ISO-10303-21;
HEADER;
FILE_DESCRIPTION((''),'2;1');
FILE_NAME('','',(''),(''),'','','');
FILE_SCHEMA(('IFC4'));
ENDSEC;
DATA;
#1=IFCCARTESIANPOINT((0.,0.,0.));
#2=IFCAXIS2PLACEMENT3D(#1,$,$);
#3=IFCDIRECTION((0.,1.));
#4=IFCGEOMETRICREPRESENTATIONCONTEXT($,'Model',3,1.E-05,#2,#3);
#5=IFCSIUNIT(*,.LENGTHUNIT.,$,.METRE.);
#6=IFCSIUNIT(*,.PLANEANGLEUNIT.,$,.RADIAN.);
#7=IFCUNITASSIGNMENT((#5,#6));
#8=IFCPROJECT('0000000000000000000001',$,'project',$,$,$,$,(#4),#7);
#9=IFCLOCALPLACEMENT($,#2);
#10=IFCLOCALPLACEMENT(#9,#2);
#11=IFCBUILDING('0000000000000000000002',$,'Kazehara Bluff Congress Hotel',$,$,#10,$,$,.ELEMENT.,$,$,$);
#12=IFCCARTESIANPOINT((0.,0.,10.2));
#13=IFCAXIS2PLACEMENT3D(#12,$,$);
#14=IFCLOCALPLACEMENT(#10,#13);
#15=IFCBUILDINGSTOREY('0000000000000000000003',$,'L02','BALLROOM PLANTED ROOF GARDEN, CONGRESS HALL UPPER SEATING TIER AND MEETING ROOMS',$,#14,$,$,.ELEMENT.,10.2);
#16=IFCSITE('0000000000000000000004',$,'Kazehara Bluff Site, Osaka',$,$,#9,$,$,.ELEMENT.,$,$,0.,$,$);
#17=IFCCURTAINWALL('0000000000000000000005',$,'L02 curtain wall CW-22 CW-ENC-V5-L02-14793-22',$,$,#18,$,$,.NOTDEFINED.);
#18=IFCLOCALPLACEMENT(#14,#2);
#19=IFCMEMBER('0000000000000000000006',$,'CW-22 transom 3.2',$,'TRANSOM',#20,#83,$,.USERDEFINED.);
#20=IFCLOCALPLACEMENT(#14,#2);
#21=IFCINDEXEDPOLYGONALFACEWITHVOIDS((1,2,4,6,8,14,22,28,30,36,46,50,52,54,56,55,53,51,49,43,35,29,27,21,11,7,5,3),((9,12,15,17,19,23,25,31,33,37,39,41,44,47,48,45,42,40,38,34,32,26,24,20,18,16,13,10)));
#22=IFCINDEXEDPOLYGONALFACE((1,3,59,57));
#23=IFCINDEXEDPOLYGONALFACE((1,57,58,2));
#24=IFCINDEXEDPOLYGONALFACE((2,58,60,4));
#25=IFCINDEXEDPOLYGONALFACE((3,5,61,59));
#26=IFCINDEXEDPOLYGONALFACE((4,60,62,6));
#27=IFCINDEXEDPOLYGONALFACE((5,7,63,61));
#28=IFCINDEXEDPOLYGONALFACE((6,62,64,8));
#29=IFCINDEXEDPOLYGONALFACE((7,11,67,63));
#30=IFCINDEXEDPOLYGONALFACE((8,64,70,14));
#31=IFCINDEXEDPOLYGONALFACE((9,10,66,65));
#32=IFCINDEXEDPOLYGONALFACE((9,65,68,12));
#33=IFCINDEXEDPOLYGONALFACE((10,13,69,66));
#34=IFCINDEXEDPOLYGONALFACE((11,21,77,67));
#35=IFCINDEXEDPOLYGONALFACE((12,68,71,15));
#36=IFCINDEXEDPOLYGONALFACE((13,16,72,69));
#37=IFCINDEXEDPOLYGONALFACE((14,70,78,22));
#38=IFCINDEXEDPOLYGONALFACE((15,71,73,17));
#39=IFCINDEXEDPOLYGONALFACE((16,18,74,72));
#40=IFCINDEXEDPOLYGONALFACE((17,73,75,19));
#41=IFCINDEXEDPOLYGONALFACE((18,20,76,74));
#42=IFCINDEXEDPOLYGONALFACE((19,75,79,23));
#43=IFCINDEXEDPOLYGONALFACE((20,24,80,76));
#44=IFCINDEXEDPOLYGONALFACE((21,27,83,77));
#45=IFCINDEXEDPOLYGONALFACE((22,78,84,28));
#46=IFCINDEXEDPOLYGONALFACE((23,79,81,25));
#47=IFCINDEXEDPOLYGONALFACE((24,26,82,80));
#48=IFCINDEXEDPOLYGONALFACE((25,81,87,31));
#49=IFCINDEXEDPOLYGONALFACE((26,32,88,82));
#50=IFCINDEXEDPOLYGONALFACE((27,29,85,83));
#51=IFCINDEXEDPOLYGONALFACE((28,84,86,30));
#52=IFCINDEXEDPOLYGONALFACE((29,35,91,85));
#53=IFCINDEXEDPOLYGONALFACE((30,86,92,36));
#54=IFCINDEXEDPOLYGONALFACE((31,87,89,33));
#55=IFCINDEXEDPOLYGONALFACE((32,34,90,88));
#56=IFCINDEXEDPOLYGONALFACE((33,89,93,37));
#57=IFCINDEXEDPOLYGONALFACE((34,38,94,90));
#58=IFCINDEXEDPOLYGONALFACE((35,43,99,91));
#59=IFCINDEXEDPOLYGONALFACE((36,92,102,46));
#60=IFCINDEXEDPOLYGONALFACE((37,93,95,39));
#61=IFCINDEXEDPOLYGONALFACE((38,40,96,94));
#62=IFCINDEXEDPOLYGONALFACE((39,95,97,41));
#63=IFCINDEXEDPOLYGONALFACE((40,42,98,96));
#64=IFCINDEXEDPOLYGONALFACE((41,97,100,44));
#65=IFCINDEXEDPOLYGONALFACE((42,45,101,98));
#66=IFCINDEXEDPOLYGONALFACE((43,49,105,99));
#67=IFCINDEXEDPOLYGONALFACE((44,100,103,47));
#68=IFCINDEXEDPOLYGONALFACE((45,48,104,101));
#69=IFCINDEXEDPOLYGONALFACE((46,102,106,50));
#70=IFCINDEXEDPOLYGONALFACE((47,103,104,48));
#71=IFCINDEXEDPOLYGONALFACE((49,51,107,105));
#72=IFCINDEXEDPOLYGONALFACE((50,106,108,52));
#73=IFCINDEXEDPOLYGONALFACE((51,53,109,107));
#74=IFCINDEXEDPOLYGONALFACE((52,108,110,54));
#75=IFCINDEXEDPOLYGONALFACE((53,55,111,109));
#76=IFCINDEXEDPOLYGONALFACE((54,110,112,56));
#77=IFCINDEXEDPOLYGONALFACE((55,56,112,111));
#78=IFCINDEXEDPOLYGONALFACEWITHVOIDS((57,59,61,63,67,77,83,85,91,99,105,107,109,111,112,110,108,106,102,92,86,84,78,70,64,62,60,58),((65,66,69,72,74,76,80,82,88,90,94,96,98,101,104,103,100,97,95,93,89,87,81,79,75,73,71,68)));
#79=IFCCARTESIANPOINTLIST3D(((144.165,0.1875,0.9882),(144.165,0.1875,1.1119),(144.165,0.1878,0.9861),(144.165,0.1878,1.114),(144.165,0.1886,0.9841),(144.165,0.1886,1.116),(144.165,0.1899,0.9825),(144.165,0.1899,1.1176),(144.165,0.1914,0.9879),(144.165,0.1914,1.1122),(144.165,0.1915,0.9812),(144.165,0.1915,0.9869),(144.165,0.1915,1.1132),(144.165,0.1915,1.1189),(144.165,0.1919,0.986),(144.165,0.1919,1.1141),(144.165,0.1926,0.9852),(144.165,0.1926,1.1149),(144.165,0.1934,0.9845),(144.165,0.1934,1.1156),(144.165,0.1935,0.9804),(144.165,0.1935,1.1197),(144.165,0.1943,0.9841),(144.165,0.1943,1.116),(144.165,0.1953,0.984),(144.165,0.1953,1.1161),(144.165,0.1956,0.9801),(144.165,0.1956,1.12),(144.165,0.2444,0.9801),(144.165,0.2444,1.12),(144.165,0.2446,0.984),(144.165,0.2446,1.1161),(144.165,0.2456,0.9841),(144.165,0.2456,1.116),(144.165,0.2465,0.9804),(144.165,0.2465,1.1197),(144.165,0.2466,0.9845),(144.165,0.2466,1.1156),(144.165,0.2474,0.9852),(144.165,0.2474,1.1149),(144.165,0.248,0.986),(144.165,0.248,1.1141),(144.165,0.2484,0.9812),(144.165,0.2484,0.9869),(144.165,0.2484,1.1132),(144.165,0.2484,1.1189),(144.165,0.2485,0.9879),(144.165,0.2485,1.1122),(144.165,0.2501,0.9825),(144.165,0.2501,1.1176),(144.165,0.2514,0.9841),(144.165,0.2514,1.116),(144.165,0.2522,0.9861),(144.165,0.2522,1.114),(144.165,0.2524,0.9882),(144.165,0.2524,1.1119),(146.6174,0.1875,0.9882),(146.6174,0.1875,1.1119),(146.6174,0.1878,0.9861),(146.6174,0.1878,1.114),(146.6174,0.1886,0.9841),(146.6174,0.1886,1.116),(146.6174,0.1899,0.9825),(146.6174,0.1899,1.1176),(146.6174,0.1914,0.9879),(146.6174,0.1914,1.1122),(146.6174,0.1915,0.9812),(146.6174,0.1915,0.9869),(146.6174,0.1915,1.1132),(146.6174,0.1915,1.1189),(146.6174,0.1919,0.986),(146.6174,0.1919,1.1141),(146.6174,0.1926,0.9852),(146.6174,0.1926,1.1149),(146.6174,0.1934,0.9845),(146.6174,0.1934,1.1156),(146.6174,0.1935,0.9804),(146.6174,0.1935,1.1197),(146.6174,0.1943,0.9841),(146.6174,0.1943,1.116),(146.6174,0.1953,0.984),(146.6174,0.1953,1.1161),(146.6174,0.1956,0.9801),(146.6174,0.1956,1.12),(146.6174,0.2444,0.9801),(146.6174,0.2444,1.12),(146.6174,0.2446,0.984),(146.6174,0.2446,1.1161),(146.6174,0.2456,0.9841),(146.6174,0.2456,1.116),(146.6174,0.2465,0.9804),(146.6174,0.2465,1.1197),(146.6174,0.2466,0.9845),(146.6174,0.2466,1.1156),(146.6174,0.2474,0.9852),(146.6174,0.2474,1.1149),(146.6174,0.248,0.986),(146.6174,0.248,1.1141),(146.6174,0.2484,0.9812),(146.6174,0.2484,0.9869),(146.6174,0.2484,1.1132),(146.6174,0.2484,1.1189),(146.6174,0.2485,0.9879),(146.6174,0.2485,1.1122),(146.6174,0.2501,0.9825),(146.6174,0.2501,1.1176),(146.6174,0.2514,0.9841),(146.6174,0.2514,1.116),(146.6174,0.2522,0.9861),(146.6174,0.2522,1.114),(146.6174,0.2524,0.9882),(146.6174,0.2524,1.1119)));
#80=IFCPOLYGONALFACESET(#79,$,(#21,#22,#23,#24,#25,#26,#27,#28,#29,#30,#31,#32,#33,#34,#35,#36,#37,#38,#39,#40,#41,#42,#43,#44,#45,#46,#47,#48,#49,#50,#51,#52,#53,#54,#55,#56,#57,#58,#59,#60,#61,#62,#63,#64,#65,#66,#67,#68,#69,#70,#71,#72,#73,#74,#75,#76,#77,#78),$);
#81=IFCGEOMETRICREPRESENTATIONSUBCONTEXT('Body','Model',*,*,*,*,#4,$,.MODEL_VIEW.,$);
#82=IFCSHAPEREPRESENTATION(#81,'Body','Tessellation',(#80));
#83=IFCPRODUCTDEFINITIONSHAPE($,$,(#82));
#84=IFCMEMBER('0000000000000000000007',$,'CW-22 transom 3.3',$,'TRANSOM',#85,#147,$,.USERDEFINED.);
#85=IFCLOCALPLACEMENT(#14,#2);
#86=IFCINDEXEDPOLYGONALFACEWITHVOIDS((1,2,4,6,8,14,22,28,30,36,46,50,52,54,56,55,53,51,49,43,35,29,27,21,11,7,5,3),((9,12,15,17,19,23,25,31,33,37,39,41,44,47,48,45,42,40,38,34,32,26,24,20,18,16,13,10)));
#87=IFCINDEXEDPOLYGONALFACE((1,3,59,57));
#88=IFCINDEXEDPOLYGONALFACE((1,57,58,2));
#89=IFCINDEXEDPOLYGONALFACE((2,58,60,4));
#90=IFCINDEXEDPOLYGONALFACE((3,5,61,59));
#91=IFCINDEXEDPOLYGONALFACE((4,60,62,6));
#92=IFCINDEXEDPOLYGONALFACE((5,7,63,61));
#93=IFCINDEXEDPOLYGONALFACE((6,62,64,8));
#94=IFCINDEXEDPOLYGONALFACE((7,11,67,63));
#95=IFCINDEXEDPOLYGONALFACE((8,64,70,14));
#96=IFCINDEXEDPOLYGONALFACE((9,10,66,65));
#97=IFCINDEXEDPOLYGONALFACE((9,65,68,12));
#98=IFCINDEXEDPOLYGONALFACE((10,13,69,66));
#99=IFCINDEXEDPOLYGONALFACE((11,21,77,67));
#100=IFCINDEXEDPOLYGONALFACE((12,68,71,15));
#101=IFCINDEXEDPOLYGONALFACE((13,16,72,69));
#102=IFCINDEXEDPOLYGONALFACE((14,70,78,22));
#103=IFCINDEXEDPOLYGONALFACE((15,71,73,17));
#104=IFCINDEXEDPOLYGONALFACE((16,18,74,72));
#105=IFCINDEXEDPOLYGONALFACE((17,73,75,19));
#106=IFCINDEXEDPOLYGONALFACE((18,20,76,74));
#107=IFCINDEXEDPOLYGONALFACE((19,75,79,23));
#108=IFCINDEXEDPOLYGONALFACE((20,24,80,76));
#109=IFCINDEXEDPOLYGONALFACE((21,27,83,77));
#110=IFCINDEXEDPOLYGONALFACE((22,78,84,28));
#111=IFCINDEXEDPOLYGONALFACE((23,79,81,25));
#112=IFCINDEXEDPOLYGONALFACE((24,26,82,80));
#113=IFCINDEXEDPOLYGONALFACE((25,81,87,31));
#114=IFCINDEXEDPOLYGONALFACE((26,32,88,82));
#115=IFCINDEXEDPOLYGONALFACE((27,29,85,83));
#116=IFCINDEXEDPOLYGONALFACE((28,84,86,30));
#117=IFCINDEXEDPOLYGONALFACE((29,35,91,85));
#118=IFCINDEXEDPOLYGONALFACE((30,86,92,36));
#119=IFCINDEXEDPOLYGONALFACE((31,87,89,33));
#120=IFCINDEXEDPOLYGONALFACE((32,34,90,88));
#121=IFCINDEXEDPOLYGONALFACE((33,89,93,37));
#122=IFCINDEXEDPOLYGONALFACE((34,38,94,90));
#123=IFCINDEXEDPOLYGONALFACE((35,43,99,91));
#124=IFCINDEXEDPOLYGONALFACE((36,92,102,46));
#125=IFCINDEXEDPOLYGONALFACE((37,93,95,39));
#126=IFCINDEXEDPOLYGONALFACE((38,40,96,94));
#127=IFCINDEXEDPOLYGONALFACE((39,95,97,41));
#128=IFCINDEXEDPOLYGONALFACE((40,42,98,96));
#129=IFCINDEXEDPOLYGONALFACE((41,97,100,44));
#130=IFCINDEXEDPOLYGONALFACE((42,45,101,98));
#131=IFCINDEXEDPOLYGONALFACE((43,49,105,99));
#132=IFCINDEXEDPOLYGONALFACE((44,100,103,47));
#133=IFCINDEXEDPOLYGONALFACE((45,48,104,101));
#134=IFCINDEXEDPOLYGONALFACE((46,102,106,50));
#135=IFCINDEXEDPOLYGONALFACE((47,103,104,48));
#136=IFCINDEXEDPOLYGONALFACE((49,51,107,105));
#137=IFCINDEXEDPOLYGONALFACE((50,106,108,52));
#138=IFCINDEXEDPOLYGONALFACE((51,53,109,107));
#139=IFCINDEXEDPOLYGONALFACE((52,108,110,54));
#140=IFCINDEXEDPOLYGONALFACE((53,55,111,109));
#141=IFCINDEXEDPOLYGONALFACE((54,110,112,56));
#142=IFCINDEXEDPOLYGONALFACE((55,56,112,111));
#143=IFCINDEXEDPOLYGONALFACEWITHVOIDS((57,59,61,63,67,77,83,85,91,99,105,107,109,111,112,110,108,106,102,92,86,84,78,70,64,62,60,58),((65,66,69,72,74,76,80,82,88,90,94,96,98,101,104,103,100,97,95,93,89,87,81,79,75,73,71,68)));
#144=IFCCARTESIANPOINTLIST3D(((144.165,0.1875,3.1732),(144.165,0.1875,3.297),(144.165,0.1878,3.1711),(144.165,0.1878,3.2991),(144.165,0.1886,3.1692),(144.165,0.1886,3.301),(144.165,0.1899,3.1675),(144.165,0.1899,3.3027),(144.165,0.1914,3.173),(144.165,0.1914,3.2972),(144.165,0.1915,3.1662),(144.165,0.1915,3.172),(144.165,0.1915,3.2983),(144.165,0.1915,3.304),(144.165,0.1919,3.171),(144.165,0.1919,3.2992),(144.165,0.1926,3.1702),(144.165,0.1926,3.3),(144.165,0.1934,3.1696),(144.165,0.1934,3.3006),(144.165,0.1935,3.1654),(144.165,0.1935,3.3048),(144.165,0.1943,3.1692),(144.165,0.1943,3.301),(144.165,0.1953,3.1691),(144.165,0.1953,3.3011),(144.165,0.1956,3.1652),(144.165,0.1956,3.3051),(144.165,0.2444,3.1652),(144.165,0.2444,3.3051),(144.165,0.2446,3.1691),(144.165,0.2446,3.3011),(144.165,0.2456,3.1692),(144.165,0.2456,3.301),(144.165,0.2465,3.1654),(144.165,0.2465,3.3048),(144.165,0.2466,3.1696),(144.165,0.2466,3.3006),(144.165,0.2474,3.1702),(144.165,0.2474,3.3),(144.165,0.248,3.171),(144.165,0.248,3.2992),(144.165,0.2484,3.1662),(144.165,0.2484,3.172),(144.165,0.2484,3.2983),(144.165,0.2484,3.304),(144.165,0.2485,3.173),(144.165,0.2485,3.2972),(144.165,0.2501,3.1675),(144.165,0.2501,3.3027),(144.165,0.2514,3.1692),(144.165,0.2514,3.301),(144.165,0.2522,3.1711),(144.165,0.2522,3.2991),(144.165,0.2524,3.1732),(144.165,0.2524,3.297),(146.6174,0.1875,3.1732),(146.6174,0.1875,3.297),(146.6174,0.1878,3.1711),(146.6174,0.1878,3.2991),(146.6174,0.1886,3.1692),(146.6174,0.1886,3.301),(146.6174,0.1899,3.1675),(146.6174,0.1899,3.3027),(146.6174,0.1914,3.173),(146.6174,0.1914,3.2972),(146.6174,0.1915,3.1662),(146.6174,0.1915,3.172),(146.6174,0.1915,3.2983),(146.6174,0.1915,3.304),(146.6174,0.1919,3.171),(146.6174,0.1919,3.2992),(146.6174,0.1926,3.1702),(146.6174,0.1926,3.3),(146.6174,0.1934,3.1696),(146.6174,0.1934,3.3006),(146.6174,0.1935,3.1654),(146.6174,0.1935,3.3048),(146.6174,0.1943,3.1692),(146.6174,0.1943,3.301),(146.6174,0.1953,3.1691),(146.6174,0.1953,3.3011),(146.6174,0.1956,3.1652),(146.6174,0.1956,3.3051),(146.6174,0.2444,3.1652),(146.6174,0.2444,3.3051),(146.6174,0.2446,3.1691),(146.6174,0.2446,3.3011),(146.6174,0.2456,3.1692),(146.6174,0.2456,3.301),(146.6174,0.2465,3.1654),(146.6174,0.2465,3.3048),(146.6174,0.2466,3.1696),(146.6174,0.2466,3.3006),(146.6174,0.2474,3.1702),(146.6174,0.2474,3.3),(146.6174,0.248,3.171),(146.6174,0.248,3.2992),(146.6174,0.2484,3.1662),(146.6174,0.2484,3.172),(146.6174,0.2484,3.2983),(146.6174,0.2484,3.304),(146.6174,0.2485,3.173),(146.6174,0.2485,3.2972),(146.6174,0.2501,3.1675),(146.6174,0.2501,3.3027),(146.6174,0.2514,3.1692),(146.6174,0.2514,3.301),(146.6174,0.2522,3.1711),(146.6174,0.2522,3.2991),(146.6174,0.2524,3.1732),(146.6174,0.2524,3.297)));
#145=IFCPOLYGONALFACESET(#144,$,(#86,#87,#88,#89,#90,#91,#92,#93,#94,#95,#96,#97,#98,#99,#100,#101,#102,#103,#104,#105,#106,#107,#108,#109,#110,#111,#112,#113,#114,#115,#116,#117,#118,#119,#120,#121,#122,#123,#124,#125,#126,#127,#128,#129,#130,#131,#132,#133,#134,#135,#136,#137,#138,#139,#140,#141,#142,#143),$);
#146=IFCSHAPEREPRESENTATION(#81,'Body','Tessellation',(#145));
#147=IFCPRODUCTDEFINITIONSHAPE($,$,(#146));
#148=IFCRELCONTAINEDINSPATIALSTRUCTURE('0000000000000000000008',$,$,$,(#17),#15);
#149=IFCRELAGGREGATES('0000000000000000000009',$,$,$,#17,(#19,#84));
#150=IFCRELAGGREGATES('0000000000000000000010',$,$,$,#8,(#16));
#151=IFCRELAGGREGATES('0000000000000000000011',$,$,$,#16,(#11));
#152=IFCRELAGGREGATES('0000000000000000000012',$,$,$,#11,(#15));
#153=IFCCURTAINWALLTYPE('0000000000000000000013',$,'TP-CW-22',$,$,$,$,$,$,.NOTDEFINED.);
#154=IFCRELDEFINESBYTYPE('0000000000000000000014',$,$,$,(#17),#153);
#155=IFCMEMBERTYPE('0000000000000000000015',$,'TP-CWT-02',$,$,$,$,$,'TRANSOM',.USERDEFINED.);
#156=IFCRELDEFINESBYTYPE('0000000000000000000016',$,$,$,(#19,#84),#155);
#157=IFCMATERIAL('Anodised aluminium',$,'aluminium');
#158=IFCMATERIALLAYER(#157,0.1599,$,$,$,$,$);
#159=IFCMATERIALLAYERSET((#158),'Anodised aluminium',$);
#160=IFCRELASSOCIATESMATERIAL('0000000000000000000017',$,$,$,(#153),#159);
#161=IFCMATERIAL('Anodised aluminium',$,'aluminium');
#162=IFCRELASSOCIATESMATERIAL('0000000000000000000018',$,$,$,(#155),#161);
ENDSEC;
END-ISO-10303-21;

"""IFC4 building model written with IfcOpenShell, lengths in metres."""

from ifc_helpers import new_model, si_unit, direction, frame, origin, origin_2d, place, context, subcontext, project, spatial, hollow_rectangle, extrude, material, layer, layer_set, material_profile, profile_set, type_object, element, aggregate, save


model = new_model("IFC4")

# Units and contexts
model_context = context("Model", 3, precision=1e-05, world=origin(), true_north=direction((0.0, 1.0)))
body_context = subcontext(model_context, "Body", "Model", "MODEL_VIEW")
ifc_project = project(units=[si_unit("LENGTHUNIT", "METRE"), si_unit("PLANEANGLEUNIT", "RADIAN")], contexts=[model_context])

# Site, building, storey
site_placement = place(None, origin())
site = spatial("IfcSite", under=ifc_project, at=site_placement, Name="Kazehara Bluff Site, Osaka", CompositionType="ELEMENT", RefElevation=0.0)
building_placement = place(site_placement, origin())
building = spatial("IfcBuilding", under=site, at=building_placement, Name="Kazehara Bluff Congress Hotel", CompositionType="ELEMENT")
storey_placement = place(building_placement, frame((0.0, 0.0, 10.2)))
storey = spatial("IfcBuildingStorey", under=building, at=storey_placement, Name="L02", Description="BALLROOM PLANTED ROOF GARDEN, CONGRESS HALL UPPER SEATING TIER AND MEETING ROOMS", CompositionType="ELEMENT", Elevation=10.2)

# Curtain wall
ifc_material_1 = material(Name="Anodised aluminium", Category="aluminium")
ifc_layer_1 = layer(ifc_material_1, 0.1599)
ifc_layer_set_1 = layer_set([ifc_layer_1], Name="Anodised aluminium")
curtain_wall_type_1 = type_object("IfcCurtainWallType", Name="TP-CW-22", PredefinedType="NOTDEFINED", material=ifc_layer_set_1)
curtain_wall_1_placement = place(storey_placement, origin())
curtain_wall_1 = element("IfcCurtainWall", 1, at=curtain_wall_1_placement, inside=storey, type_object=curtain_wall_type_1, Name="L02 curtain wall CW-22 CW-ENC-V5-L02-14793-22", PredefinedType="NOTDEFINED")

# Members
ifc_material_2 = material(Name="Anodised aluminium", Category="aluminium")
ifc_material_profile_1 = material_profile(ifc_material_2, hollow_rectangle(XDim=0.0649, YDim=0.1399, WallThickness=0.0039, InnerFilletRadius=0.0039, OuterFilletRadius=0.0081, at=origin_2d()))
ifc_profile_set_1 = profile_set([ifc_material_profile_1], Name="Anodised aluminium")
member_type_1 = type_object("IfcMemberType", Name="TP-CWT-02", ElementType="TRANSOM", PredefinedType="USERDEFINED", material=ifc_profile_set_1)
member_1_placement = place(storey_placement, frame((146.6174, 0.22, 1.05), z_axis=(-1.0, 0.0, 0.0), x_axis=(0.0, -1.0, 0.0)))
member_1 = element("IfcMember", 2, at=member_1_placement, type_object=member_type_1, Name="CW-22 transom 3.2", ObjectType="TRANSOM", PredefinedType="USERDEFINED", context=body_context, shape_type="SweptSolid", body=[
    extrude(hollow_rectangle(XDim=0.0649, YDim=0.1399, WallThickness=0.0039, InnerFilletRadius=0.0039, OuterFilletRadius=0.0081, at=origin_2d()), origin(), (0.0, 0.0, 1.0), 2.4524),
])
member_2_placement = place(storey_placement, frame((146.6174, 0.22, 3.2351), z_axis=(-1.0, 0.0, 0.0), x_axis=(0.0, -1.0, 0.0)))
member_2 = element("IfcMember", 3, at=member_2_placement, type_object=member_type_1, Name="CW-22 transom 3.3", ObjectType="TRANSOM", PredefinedType="USERDEFINED", context=body_context, shape_type="SweptSolid", body=[
    extrude(hollow_rectangle(XDim=0.0649, YDim=0.1399, WallThickness=0.0039, InnerFilletRadius=0.0039, OuterFilletRadius=0.0081, at=origin_2d()), origin(), (0.0, 0.0, 1.0), 2.4524),
])

aggregate(curtain_wall_1, [member_1, member_2])

save(model, "model.ifc")
